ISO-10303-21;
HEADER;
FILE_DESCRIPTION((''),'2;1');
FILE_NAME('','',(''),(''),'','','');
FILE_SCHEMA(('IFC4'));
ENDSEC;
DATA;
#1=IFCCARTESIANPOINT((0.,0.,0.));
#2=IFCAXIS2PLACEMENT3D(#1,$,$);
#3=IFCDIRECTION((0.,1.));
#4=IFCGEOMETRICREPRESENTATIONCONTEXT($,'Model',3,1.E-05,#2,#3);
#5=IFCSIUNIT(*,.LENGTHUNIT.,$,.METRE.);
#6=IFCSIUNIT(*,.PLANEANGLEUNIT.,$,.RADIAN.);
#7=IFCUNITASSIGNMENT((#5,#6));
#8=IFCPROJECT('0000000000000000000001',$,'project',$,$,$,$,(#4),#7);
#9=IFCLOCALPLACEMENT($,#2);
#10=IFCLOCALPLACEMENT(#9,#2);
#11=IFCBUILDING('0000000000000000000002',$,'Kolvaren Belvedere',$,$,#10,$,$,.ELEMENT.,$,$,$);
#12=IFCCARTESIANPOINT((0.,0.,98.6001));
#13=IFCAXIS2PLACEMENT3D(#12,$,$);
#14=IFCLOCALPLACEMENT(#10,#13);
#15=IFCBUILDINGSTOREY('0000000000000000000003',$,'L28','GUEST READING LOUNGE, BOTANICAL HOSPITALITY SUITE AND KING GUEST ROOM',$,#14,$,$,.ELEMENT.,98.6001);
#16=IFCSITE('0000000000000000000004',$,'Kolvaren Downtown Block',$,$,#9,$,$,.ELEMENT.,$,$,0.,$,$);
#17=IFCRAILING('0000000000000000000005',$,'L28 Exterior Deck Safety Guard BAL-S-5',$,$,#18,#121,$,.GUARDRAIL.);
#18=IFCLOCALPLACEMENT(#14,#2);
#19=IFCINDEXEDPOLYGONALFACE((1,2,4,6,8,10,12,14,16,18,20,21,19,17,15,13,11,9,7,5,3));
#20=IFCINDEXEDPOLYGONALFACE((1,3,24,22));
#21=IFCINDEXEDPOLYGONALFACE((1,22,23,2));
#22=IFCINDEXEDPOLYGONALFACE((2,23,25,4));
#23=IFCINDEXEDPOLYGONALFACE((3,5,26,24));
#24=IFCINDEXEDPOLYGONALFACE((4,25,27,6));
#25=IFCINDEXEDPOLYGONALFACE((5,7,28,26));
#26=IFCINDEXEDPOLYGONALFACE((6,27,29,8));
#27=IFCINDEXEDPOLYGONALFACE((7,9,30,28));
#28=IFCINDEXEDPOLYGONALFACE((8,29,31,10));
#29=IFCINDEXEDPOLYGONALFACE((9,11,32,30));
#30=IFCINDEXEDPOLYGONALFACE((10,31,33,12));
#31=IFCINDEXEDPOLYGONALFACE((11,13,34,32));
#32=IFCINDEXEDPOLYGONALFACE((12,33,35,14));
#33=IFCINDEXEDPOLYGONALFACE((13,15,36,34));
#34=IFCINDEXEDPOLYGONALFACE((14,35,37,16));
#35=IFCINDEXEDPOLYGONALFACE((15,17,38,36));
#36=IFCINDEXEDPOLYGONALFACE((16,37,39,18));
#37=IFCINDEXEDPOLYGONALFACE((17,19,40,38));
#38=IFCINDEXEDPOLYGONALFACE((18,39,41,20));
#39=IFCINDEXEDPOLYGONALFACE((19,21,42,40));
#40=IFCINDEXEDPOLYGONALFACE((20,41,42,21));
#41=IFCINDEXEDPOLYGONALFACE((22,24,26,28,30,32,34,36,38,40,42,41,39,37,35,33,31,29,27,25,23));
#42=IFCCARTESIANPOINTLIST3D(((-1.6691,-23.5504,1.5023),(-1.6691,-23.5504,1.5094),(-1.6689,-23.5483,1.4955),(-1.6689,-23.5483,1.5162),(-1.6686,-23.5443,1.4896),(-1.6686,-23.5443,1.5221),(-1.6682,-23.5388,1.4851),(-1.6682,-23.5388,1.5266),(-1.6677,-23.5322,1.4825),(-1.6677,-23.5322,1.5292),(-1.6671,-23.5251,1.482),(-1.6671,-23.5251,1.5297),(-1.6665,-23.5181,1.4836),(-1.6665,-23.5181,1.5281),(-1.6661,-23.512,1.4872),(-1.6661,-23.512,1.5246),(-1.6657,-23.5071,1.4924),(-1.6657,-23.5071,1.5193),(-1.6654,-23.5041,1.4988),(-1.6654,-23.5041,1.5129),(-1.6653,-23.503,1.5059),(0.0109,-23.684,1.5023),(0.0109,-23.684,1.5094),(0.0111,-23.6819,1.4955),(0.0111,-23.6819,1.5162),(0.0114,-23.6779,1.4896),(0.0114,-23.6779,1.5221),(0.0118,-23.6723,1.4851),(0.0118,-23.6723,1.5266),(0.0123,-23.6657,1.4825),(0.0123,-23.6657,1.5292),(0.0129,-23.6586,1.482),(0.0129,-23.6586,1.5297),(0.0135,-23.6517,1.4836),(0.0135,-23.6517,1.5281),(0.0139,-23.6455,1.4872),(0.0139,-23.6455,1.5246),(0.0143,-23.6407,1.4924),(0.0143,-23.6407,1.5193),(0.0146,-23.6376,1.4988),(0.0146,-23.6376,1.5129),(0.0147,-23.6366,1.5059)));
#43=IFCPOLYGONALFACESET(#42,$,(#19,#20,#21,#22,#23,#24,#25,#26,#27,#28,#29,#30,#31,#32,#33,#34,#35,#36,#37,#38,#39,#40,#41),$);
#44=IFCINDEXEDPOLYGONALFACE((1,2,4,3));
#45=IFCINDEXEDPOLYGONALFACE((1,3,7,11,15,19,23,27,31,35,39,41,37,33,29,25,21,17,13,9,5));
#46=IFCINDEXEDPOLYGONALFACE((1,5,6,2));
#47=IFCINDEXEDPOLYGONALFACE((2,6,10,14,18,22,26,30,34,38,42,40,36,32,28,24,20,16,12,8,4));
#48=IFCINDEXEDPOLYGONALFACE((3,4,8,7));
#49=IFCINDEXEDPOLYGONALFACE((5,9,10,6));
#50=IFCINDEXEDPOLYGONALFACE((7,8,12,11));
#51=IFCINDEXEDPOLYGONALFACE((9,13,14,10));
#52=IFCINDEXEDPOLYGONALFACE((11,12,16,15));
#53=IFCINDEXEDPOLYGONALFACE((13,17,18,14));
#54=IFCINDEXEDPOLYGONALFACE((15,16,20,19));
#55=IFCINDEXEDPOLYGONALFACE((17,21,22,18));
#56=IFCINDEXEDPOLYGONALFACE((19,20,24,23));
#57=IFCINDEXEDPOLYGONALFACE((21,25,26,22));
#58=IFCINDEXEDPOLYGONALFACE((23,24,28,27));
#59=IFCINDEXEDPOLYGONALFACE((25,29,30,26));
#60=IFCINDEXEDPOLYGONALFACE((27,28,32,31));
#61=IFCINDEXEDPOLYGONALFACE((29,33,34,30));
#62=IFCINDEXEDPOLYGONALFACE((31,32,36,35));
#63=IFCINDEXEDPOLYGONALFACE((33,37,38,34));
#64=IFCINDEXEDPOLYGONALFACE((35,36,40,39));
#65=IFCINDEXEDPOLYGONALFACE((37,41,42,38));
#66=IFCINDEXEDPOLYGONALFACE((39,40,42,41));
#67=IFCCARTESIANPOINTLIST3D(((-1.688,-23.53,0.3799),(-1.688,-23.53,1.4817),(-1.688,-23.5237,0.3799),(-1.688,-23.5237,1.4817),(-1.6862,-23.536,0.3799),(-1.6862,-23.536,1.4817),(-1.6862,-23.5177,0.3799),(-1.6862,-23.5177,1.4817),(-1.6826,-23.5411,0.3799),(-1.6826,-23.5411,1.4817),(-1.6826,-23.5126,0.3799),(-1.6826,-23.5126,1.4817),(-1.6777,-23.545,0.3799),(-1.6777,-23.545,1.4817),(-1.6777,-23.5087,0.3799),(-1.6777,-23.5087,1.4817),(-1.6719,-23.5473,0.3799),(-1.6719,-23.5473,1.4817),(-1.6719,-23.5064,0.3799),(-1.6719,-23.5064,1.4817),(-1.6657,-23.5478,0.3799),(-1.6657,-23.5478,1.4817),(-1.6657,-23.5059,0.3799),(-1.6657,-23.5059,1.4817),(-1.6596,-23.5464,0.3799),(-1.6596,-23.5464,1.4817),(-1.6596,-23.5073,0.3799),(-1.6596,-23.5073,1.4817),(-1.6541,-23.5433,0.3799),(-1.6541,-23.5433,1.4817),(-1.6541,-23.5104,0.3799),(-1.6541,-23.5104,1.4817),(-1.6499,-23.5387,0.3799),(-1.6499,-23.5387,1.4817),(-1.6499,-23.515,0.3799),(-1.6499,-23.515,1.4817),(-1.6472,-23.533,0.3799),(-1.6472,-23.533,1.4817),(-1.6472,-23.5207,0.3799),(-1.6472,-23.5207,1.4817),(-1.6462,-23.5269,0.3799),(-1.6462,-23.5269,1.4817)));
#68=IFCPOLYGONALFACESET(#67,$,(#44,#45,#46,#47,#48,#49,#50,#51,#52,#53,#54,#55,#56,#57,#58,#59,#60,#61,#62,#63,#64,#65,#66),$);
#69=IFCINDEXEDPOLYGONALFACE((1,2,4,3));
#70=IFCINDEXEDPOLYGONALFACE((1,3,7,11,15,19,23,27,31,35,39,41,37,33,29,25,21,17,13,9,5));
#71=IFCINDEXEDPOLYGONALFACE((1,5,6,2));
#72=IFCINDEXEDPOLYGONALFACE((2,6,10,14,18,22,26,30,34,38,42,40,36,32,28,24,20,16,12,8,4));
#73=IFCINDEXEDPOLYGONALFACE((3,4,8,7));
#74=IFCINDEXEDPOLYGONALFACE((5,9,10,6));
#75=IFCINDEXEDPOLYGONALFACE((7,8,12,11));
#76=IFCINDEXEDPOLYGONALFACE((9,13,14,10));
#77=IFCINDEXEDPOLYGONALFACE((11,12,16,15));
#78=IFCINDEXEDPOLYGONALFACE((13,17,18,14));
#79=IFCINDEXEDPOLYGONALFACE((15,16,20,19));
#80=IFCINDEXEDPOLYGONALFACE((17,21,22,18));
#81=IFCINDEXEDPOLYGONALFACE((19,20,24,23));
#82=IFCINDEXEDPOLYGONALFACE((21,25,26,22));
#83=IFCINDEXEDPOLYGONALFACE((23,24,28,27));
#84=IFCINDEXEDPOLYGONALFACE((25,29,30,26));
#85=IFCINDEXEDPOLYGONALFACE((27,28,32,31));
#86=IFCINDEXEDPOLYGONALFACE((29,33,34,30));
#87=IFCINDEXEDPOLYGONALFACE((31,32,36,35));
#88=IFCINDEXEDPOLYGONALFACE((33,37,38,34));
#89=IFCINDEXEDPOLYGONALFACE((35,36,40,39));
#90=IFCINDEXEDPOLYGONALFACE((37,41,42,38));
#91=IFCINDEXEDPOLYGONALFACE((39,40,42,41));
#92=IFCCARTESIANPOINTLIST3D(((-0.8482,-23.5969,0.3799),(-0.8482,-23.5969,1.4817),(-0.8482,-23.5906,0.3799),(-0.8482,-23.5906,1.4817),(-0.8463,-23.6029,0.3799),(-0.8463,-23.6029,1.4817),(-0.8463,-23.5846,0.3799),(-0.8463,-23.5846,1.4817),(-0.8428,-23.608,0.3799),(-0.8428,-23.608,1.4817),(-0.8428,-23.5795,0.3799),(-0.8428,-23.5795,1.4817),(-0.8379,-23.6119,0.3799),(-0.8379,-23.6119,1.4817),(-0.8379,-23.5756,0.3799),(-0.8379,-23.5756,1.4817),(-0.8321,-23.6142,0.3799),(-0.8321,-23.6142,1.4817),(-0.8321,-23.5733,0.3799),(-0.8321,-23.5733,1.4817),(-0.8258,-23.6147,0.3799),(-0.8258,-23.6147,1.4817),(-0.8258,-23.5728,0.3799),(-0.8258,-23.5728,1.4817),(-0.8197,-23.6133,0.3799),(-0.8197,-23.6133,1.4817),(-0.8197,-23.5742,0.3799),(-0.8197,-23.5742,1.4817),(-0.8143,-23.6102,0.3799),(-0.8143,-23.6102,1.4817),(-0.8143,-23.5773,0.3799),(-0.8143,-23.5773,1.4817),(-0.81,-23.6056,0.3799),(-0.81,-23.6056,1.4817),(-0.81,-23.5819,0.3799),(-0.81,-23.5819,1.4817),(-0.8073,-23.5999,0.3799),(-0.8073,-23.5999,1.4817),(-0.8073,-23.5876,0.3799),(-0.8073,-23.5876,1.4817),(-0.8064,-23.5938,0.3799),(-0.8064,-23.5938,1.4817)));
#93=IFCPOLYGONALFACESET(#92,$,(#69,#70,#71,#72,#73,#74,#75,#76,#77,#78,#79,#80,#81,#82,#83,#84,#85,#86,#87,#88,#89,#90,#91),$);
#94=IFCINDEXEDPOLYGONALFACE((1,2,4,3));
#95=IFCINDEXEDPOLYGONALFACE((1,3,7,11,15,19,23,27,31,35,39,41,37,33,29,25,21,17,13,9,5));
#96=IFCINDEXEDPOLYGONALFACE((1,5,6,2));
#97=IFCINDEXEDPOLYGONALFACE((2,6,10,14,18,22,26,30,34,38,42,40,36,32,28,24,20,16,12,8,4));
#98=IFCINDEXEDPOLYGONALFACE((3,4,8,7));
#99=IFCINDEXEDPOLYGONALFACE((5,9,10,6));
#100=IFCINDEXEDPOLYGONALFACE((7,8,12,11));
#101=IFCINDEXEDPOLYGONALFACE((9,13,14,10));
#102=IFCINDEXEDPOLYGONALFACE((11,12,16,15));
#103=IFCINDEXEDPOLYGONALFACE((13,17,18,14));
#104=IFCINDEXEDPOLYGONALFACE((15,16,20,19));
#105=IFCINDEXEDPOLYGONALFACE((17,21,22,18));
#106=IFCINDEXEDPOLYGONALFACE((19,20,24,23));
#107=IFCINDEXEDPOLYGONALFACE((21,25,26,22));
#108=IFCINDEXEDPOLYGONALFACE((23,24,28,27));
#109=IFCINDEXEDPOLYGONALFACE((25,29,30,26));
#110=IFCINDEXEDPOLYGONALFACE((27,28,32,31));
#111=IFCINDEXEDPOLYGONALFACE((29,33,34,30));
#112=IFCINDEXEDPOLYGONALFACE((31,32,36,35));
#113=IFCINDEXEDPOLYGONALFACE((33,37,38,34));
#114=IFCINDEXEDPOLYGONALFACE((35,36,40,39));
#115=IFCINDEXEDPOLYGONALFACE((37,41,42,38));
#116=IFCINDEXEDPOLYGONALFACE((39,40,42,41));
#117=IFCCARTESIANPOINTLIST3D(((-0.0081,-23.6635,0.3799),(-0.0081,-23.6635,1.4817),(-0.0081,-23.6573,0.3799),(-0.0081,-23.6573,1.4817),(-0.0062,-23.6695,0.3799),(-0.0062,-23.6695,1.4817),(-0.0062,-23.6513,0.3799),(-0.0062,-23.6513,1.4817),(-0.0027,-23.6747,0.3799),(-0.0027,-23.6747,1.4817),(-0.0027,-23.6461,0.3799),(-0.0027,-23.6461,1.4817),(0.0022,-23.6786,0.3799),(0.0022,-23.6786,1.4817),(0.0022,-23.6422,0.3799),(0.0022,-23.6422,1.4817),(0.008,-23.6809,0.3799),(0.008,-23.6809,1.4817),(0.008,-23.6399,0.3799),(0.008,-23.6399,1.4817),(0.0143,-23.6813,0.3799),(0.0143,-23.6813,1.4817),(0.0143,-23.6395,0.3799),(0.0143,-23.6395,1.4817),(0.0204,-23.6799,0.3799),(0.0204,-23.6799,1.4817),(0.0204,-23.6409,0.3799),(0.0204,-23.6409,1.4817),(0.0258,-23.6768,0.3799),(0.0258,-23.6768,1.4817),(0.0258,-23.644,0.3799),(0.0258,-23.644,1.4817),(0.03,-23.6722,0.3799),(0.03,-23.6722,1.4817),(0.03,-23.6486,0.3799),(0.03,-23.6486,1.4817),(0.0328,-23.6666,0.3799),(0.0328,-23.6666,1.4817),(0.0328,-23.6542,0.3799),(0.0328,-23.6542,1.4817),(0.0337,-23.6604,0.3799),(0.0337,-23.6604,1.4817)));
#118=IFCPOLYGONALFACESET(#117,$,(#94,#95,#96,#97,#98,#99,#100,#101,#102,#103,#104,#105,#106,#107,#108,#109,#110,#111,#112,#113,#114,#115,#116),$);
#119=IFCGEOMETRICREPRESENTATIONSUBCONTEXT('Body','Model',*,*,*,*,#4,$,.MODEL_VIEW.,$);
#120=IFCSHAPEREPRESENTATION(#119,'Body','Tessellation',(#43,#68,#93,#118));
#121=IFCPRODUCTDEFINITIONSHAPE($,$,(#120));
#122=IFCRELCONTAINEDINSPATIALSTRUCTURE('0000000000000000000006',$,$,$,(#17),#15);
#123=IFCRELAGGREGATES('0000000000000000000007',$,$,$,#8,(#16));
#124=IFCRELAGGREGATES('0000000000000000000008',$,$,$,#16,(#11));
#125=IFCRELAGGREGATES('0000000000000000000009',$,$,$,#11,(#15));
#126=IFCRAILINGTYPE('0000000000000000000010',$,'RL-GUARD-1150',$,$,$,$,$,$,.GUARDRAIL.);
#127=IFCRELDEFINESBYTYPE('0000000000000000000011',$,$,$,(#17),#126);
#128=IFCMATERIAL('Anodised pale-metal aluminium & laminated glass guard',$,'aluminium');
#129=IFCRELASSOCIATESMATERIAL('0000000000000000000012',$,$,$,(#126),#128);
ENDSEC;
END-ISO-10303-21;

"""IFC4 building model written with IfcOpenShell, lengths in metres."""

from ifc_helpers import new_model, si_unit, direction, frame, origin, origin_2d, place, context, subcontext, project, spatial, circle, extrude, material, type_object, element, save


model = new_model("IFC4")

# Units and contexts
model_context = context("Model", 3, precision=1e-05, world=origin(), true_north=direction((0.0, 1.0)))
body_context = subcontext(model_context, "Body", "Model", "MODEL_VIEW")
ifc_project = project(units=[si_unit("LENGTHUNIT", "METRE"), si_unit("PLANEANGLEUNIT", "RADIAN")], contexts=[model_context])

# Site, building, storey
site_placement = place(None, origin())
site = spatial("IfcSite", under=ifc_project, at=site_placement, Name="Kolvaren Downtown Block", CompositionType="ELEMENT", RefElevation=0.0)
building_placement = place(site_placement, origin())
building = spatial("IfcBuilding", under=site, at=building_placement, Name="Kolvaren Belvedere", CompositionType="ELEMENT")
storey_placement = place(building_placement, frame((0.0, 0.0, 98.6001)))
storey = spatial("IfcBuildingStorey", under=building, at=storey_placement, Name="L28", Description="GUEST READING LOUNGE, BOTANICAL HOSPITALITY SUITE AND KING GUEST ROOM", CompositionType="ELEMENT", Elevation=98.6001)

# Railing
ifc_material_1 = material(Name="Anodised pale-metal aluminium & laminated glass guard", Category="aluminium")
railing_type = type_object("IfcRailingType", Name="RL-GUARD-1150", PredefinedType="GUARDRAIL", material=ifc_material_1)
railing_1_placement = place(storey_placement, frame((-1.6672, -23.5269, 0.3799)))
element("IfcRailing", 1, at=railing_1_placement, inside=storey, type_object=railing_type, Name="L28 Exterior Deck Safety Guard BAL-S-5", PredefinedType="GUARDRAIL", context=body_context, shape_type="SweptSolid", body=[
    extrude(circle(Radius=0.0239, at=origin_2d()), frame((0.0, 0.0, 1.126), z_axis=(0.996855, -0.079244, 0.0), x_axis=(0.079244, 0.996855, 0.0)), (0.0, 0.0, 1.0), 1.6853),
    extrude(circle(Radius=0.021, at=origin_2d()), origin(), (0.0, 0.0, 1.0), 1.1018),
    extrude(circle(Radius=0.021, at=origin_2d()), frame((0.8398, -0.0669, 0.0)), (0.0, 0.0, 1.0), 1.1018),
    extrude(circle(Radius=0.021, at=origin_2d()), frame((1.6799, -0.1335, 0.0)), (0.0, 0.0, 1.0), 1.1018),
])

save(model, "model.ifc")
